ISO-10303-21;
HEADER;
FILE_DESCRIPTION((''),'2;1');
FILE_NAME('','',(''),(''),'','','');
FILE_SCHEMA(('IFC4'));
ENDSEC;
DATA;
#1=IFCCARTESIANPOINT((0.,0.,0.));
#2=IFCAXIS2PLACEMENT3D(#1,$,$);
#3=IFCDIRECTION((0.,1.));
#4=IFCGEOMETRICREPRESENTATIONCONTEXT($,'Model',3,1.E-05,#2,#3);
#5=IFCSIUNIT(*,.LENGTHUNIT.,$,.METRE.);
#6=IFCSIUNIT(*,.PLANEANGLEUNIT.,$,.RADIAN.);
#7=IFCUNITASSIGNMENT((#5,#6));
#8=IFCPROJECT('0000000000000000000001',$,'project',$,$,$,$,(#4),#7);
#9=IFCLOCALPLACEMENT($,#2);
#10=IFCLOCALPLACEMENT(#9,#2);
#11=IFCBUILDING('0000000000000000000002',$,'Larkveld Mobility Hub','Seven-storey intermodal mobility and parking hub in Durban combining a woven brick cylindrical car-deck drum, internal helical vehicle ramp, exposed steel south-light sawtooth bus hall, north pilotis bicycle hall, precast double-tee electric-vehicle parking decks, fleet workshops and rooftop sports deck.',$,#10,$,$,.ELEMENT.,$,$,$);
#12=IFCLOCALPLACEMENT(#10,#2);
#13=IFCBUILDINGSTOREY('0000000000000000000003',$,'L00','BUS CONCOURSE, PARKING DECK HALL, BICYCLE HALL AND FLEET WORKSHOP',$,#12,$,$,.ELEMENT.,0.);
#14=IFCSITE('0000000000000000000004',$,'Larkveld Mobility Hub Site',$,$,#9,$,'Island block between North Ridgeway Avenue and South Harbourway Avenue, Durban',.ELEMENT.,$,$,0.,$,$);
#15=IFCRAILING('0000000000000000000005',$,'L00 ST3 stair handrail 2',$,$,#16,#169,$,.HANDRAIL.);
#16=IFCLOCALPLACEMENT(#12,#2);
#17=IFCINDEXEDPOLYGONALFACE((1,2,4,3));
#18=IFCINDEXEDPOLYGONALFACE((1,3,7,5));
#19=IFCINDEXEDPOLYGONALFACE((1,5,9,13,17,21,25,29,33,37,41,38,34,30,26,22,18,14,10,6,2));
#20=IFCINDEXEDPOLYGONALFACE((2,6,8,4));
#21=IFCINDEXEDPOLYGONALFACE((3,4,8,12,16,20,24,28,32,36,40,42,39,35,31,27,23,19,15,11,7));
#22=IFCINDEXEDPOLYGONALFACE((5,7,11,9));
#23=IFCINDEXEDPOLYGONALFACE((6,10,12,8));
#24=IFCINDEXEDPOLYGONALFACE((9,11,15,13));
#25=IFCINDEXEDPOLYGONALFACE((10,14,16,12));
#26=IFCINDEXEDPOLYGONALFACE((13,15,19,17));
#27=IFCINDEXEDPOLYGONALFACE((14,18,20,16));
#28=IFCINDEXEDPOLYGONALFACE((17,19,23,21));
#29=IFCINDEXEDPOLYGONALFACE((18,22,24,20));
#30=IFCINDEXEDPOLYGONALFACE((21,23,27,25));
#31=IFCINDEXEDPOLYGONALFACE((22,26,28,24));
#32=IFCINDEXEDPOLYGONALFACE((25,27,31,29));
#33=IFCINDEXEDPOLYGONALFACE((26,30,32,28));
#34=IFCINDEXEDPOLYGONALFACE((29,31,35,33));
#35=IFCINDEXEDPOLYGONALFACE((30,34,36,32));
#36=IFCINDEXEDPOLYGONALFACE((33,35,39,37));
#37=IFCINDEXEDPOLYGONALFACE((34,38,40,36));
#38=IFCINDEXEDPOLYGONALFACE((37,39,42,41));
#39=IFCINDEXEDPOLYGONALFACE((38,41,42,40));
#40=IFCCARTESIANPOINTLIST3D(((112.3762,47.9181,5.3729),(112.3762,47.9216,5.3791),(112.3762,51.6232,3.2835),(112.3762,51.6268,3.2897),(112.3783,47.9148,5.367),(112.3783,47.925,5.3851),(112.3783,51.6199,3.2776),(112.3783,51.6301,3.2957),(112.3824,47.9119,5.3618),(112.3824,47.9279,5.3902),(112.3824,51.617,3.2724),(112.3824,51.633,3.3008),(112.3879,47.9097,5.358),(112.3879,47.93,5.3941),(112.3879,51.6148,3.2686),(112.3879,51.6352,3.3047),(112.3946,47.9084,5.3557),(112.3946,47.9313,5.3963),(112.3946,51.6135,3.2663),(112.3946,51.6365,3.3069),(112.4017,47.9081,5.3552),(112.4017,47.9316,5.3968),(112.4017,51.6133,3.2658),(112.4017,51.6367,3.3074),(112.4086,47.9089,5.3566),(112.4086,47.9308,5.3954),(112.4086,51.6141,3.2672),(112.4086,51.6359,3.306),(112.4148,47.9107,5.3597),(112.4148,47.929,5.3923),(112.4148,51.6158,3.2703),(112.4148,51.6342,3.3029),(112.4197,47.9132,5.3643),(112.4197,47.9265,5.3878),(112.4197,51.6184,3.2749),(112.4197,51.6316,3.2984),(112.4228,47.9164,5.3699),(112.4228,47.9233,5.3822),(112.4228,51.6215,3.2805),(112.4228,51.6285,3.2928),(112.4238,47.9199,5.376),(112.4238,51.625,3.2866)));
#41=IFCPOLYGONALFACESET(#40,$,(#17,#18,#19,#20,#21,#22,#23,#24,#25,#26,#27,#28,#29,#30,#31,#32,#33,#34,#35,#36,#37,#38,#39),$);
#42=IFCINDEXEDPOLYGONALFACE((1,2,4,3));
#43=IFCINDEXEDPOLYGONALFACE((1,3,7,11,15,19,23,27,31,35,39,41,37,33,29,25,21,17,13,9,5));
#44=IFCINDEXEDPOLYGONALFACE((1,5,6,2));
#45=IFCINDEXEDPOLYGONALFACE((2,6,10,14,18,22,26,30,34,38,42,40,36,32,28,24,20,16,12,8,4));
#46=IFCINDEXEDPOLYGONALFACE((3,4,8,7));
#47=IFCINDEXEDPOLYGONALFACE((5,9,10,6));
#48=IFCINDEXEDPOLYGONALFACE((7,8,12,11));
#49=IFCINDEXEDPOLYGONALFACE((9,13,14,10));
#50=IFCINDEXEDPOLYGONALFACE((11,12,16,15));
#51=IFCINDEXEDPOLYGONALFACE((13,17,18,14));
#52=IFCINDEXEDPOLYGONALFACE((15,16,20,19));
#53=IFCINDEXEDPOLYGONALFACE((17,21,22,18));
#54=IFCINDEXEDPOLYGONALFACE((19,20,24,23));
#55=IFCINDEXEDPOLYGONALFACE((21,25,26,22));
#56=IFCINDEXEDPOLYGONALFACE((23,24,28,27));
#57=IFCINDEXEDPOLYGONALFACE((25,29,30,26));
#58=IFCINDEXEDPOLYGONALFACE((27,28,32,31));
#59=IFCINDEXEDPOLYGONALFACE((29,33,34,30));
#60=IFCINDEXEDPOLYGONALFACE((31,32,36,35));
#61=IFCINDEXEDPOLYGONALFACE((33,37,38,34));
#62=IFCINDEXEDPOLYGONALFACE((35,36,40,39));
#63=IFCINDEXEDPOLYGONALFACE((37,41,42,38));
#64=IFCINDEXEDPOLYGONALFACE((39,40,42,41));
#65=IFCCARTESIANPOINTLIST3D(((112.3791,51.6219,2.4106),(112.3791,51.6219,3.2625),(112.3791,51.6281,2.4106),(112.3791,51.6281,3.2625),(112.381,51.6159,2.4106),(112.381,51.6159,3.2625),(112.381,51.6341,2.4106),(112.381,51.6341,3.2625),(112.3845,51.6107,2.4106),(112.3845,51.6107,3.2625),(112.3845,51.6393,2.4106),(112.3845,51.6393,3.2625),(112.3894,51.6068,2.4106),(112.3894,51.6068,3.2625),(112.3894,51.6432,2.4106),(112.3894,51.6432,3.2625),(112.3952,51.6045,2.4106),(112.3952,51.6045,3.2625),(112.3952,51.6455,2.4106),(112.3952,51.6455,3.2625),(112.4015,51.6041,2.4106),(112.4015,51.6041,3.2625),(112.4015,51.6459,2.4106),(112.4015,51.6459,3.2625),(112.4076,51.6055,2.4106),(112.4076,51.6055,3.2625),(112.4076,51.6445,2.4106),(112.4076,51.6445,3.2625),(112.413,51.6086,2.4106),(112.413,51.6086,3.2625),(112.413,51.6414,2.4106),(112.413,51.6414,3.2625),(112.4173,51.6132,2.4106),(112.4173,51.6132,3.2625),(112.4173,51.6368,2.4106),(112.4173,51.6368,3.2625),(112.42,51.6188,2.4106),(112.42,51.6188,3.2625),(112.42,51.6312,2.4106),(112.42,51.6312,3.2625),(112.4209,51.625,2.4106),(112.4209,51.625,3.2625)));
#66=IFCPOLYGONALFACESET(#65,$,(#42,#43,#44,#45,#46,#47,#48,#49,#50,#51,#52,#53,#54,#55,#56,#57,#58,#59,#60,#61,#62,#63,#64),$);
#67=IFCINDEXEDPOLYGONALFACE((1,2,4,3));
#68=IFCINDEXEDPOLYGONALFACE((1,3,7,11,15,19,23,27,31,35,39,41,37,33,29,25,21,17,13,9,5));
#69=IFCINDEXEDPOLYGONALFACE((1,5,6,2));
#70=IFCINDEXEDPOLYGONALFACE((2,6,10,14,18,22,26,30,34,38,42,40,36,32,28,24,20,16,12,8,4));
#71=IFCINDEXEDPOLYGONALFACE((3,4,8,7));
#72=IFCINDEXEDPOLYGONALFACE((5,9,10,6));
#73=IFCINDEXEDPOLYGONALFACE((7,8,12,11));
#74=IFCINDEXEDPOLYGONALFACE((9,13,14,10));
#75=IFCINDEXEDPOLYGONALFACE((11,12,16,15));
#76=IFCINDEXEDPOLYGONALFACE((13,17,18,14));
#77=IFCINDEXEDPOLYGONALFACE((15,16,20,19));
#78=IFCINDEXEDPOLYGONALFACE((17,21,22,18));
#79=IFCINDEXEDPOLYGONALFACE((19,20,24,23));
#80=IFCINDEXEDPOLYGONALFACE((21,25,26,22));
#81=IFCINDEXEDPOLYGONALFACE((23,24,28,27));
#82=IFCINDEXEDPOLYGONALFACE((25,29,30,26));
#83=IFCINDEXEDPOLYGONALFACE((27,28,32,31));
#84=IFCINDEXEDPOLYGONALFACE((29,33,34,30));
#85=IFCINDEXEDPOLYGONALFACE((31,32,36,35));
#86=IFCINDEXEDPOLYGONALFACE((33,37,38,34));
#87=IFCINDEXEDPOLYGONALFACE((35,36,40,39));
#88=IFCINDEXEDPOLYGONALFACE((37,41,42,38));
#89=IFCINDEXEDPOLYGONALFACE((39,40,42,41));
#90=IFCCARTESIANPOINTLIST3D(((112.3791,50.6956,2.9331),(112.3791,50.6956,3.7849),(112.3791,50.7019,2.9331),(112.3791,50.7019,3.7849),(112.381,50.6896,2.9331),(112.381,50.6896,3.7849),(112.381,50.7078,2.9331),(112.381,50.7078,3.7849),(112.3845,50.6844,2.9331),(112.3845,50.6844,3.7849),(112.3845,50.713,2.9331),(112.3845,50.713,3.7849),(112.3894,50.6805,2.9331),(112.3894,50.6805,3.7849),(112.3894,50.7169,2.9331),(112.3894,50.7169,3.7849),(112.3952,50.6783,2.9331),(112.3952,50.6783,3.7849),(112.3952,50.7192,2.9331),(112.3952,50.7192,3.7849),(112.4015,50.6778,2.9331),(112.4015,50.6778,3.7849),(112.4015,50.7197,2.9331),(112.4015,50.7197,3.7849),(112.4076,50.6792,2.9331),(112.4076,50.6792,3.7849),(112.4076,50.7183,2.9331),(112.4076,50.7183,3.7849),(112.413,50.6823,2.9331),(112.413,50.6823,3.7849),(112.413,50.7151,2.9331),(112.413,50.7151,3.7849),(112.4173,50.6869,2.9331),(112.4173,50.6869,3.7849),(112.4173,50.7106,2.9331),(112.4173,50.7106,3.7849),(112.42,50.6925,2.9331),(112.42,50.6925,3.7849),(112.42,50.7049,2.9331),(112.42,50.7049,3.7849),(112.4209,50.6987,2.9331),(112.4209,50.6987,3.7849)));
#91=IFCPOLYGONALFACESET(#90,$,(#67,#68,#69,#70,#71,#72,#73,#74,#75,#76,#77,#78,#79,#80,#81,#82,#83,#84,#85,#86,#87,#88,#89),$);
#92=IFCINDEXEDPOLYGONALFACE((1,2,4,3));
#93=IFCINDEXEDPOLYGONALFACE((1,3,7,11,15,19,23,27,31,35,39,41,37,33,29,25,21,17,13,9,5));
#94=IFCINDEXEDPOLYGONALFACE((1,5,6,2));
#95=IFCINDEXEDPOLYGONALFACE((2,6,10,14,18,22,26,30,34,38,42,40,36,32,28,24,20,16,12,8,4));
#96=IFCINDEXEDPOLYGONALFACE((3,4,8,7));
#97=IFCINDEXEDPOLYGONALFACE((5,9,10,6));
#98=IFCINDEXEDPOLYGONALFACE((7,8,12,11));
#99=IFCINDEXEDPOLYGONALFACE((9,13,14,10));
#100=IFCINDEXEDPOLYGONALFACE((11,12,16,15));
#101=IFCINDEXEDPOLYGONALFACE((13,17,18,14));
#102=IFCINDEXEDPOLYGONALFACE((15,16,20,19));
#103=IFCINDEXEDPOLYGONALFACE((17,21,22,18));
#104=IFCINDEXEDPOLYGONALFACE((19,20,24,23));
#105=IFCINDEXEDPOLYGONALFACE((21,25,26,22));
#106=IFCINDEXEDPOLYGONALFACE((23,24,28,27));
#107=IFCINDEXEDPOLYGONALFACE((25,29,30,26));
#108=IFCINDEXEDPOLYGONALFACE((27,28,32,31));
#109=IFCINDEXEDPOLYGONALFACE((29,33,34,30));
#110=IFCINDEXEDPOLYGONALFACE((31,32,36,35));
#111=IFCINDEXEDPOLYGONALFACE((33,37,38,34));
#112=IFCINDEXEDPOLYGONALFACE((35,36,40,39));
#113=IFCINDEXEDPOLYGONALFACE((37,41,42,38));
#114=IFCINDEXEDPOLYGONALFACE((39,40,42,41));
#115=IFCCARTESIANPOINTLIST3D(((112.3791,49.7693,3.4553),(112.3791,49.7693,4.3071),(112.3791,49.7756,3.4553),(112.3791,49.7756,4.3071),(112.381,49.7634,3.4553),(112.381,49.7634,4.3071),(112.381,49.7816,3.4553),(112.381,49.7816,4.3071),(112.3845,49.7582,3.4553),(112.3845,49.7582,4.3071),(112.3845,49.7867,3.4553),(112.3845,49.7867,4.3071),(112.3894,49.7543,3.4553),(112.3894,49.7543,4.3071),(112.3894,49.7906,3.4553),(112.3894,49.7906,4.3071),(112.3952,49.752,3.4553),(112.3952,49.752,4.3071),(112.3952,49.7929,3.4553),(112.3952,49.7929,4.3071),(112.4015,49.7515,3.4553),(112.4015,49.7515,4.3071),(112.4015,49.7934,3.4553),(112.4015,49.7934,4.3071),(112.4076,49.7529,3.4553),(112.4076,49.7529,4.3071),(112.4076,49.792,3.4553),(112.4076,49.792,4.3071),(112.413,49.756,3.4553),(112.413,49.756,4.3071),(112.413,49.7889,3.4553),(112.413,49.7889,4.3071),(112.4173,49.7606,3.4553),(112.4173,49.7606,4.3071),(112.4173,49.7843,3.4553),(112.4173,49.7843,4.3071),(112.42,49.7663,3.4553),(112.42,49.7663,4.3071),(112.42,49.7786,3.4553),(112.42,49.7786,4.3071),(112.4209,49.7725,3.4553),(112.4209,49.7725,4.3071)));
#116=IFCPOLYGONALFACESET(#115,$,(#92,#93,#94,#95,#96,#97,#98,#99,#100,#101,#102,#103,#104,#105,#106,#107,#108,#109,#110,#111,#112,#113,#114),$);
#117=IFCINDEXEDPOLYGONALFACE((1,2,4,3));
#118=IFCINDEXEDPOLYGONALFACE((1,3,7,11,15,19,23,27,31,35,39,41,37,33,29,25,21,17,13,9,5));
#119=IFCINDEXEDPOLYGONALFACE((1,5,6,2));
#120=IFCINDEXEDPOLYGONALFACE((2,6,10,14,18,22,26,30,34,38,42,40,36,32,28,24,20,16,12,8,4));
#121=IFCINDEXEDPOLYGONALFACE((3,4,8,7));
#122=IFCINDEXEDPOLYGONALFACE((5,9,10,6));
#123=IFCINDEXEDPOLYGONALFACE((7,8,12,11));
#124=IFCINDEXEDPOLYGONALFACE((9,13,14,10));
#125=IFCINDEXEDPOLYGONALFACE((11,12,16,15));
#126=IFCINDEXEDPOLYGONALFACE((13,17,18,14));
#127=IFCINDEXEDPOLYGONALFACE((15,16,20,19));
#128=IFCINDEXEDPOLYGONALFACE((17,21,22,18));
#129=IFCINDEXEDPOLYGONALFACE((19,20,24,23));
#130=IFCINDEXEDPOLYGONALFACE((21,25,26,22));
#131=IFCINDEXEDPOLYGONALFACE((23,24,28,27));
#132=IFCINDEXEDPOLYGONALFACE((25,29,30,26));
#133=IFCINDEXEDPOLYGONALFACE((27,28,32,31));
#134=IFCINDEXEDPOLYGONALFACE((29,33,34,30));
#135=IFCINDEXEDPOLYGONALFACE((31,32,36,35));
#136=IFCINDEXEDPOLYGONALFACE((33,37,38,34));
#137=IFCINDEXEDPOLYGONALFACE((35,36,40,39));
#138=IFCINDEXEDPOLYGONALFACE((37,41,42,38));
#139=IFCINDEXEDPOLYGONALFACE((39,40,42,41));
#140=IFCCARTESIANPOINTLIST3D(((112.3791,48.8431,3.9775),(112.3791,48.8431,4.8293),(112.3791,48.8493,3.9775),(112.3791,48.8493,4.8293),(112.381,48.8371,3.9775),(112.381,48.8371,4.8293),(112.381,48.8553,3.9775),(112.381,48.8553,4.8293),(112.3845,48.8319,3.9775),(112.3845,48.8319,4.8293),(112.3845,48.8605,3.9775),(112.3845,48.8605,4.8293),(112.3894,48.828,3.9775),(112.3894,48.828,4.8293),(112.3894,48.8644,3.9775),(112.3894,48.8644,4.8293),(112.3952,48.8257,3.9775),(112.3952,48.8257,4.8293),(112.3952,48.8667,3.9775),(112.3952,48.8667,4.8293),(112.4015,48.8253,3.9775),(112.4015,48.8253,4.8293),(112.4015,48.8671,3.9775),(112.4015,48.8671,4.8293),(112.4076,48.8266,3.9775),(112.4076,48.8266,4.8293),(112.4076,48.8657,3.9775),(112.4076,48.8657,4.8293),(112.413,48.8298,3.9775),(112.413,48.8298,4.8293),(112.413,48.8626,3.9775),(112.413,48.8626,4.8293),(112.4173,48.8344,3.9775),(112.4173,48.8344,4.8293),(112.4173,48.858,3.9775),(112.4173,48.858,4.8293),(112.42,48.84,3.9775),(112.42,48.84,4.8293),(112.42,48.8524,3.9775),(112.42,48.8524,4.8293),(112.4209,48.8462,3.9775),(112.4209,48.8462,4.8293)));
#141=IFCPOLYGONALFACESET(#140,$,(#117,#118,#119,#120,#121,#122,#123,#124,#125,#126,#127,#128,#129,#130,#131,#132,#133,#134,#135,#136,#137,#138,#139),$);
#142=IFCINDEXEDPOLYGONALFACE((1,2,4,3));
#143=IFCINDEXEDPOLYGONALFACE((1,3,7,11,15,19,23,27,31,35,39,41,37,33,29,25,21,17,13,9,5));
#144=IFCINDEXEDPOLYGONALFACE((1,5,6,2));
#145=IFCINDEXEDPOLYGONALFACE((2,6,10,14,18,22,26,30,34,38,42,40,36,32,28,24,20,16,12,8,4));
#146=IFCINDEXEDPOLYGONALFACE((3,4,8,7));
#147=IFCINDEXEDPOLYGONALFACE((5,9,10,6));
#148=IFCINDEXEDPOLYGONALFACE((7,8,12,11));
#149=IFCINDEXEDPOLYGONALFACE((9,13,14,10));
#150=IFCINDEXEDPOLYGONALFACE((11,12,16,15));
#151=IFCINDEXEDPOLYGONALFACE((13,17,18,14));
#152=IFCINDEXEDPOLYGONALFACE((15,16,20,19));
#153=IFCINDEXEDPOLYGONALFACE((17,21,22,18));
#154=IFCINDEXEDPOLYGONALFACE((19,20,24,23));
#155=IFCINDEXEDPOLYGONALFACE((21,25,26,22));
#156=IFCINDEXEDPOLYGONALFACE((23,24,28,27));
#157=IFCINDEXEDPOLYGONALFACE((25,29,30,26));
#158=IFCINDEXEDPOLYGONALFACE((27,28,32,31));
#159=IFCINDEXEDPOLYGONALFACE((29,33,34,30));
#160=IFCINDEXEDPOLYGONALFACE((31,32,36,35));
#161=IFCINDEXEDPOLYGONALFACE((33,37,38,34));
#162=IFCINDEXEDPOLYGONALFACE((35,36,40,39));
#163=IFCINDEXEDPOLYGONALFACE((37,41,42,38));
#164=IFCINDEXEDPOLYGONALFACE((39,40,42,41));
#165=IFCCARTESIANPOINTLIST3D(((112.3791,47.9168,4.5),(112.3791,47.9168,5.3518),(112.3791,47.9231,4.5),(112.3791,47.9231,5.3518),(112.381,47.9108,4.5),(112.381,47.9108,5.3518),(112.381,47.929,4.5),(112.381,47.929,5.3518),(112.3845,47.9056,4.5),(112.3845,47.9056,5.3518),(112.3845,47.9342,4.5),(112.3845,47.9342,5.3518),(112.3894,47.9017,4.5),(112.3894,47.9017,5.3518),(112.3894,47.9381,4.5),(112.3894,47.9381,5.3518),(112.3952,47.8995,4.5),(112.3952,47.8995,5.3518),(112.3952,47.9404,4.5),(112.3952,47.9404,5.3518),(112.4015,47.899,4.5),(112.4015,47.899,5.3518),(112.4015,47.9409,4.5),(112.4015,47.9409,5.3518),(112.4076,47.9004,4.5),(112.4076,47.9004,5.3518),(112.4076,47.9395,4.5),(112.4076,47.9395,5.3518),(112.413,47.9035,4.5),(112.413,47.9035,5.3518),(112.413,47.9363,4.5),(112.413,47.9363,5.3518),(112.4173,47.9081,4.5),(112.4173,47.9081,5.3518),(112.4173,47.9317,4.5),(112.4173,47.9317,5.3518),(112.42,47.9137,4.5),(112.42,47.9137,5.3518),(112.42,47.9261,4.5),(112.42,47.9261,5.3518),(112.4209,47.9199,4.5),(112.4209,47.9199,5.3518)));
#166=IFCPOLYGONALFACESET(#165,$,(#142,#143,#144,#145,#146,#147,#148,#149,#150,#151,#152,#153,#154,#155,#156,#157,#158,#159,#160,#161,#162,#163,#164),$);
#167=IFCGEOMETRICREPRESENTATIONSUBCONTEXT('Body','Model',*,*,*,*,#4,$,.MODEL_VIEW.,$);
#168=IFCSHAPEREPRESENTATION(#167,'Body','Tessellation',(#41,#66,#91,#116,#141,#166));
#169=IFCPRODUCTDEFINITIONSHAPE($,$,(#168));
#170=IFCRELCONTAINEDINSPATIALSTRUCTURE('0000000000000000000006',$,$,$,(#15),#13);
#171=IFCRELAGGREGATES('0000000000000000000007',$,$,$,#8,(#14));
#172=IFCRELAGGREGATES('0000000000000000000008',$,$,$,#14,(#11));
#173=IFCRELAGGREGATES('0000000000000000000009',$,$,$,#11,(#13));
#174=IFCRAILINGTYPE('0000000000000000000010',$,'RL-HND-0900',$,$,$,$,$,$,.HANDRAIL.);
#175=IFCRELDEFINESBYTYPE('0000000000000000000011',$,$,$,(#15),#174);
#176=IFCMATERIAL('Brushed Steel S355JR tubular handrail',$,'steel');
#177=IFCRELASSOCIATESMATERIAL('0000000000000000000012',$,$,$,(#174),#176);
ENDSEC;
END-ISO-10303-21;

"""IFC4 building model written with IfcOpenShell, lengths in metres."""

from ifc_helpers import new_model, si_unit, direction, frame, origin, origin_2d, place, context, subcontext, project, spatial, circle, extrude, material, type_object, element, save


model = new_model("IFC4")

# Units and contexts
model_context = context("Model", 3, precision=1e-05, world=origin(), true_north=direction((0.0, 1.0)))
body_context = subcontext(model_context, "Body", "Model", "MODEL_VIEW")
ifc_project = project(units=[si_unit("LENGTHUNIT", "METRE"), si_unit("PLANEANGLEUNIT", "RADIAN")], contexts=[model_context])

# Site, building, storey
site_placement = place(None, origin())
site = spatial("IfcSite", under=ifc_project, at=site_placement, Name="Larkveld Mobility Hub Site", LongName="Island block between North Ridgeway Avenue and South Harbourway Avenue, Durban", CompositionType="ELEMENT", RefElevation=0.0)
building_placement = place(site_placement, origin())
building = spatial("IfcBuilding", under=site, at=building_placement, Name="Larkveld Mobility Hub", Description="Seven-storey intermodal mobility and parking hub in Durban combining a woven brick cylindrical car-deck drum, internal helical vehicle ramp, exposed steel south-light sawtooth bus hall, north pilotis bicycle hall, precast double-tee electric-vehicle parking decks, fleet workshops and rooftop sports deck.", CompositionType="ELEMENT")
storey_placement = place(building_placement, origin())
storey = spatial("IfcBuildingStorey", under=building, at=storey_placement, Name="L00", Description="BUS CONCOURSE, PARKING DECK HALL, BICYCLE HALL AND FLEET WORKSHOP", CompositionType="ELEMENT", Elevation=0.0)

# Railing
ifc_material_1 = material(Name="Brushed Steel S355JR tubular handrail", Category="steel")
railing_type_1 = type_object("IfcRailingType", Name="RL-HND-0900", PredefinedType="HANDRAIL", material=ifc_material_1)
railing_1_placement = place(storey_placement, frame((112.3999, 51.625, 2.4106)))
element("IfcRailing", 1, at=railing_1_placement, inside=storey, type_object=railing_type_1, Name="L00 ST3 stair handrail 2", PredefinedType="HANDRAIL", context=body_context, shape_type="SweptSolid", body=[
    extrude(circle(Radius=0.0239, at=origin_2d()), frame((0.0, 0.0, 0.876), z_axis=(0.0, -0.871048, 0.491198), x_axis=(1.0, 0.0, 0.0)), (0.0, 0.0, 1.0), 4.2537),
    extrude(circle(Radius=0.021, at=origin_2d()), origin(), (0.0, 0.0, 1.0), 0.8518),
    extrude(circle(Radius=0.021, at=origin_2d()), frame((0.0, -0.9263, 0.5225)), (0.0, 0.0, 1.0), 0.8518),
    extrude(circle(Radius=0.021, at=origin_2d()), frame((0.0, -1.8525, 1.0447)), (0.0, 0.0, 1.0), 0.8518),
    extrude(circle(Radius=0.021, at=origin_2d()), frame((0.0, -2.7788, 1.5669)), (0.0, 0.0, 1.0), 0.8518),
    extrude(circle(Radius=0.021, at=origin_2d()), frame((0.0, -3.7051, 2.0894)), (0.0, 0.0, 1.0), 0.8518),
])

save(model, "model.ifc")
